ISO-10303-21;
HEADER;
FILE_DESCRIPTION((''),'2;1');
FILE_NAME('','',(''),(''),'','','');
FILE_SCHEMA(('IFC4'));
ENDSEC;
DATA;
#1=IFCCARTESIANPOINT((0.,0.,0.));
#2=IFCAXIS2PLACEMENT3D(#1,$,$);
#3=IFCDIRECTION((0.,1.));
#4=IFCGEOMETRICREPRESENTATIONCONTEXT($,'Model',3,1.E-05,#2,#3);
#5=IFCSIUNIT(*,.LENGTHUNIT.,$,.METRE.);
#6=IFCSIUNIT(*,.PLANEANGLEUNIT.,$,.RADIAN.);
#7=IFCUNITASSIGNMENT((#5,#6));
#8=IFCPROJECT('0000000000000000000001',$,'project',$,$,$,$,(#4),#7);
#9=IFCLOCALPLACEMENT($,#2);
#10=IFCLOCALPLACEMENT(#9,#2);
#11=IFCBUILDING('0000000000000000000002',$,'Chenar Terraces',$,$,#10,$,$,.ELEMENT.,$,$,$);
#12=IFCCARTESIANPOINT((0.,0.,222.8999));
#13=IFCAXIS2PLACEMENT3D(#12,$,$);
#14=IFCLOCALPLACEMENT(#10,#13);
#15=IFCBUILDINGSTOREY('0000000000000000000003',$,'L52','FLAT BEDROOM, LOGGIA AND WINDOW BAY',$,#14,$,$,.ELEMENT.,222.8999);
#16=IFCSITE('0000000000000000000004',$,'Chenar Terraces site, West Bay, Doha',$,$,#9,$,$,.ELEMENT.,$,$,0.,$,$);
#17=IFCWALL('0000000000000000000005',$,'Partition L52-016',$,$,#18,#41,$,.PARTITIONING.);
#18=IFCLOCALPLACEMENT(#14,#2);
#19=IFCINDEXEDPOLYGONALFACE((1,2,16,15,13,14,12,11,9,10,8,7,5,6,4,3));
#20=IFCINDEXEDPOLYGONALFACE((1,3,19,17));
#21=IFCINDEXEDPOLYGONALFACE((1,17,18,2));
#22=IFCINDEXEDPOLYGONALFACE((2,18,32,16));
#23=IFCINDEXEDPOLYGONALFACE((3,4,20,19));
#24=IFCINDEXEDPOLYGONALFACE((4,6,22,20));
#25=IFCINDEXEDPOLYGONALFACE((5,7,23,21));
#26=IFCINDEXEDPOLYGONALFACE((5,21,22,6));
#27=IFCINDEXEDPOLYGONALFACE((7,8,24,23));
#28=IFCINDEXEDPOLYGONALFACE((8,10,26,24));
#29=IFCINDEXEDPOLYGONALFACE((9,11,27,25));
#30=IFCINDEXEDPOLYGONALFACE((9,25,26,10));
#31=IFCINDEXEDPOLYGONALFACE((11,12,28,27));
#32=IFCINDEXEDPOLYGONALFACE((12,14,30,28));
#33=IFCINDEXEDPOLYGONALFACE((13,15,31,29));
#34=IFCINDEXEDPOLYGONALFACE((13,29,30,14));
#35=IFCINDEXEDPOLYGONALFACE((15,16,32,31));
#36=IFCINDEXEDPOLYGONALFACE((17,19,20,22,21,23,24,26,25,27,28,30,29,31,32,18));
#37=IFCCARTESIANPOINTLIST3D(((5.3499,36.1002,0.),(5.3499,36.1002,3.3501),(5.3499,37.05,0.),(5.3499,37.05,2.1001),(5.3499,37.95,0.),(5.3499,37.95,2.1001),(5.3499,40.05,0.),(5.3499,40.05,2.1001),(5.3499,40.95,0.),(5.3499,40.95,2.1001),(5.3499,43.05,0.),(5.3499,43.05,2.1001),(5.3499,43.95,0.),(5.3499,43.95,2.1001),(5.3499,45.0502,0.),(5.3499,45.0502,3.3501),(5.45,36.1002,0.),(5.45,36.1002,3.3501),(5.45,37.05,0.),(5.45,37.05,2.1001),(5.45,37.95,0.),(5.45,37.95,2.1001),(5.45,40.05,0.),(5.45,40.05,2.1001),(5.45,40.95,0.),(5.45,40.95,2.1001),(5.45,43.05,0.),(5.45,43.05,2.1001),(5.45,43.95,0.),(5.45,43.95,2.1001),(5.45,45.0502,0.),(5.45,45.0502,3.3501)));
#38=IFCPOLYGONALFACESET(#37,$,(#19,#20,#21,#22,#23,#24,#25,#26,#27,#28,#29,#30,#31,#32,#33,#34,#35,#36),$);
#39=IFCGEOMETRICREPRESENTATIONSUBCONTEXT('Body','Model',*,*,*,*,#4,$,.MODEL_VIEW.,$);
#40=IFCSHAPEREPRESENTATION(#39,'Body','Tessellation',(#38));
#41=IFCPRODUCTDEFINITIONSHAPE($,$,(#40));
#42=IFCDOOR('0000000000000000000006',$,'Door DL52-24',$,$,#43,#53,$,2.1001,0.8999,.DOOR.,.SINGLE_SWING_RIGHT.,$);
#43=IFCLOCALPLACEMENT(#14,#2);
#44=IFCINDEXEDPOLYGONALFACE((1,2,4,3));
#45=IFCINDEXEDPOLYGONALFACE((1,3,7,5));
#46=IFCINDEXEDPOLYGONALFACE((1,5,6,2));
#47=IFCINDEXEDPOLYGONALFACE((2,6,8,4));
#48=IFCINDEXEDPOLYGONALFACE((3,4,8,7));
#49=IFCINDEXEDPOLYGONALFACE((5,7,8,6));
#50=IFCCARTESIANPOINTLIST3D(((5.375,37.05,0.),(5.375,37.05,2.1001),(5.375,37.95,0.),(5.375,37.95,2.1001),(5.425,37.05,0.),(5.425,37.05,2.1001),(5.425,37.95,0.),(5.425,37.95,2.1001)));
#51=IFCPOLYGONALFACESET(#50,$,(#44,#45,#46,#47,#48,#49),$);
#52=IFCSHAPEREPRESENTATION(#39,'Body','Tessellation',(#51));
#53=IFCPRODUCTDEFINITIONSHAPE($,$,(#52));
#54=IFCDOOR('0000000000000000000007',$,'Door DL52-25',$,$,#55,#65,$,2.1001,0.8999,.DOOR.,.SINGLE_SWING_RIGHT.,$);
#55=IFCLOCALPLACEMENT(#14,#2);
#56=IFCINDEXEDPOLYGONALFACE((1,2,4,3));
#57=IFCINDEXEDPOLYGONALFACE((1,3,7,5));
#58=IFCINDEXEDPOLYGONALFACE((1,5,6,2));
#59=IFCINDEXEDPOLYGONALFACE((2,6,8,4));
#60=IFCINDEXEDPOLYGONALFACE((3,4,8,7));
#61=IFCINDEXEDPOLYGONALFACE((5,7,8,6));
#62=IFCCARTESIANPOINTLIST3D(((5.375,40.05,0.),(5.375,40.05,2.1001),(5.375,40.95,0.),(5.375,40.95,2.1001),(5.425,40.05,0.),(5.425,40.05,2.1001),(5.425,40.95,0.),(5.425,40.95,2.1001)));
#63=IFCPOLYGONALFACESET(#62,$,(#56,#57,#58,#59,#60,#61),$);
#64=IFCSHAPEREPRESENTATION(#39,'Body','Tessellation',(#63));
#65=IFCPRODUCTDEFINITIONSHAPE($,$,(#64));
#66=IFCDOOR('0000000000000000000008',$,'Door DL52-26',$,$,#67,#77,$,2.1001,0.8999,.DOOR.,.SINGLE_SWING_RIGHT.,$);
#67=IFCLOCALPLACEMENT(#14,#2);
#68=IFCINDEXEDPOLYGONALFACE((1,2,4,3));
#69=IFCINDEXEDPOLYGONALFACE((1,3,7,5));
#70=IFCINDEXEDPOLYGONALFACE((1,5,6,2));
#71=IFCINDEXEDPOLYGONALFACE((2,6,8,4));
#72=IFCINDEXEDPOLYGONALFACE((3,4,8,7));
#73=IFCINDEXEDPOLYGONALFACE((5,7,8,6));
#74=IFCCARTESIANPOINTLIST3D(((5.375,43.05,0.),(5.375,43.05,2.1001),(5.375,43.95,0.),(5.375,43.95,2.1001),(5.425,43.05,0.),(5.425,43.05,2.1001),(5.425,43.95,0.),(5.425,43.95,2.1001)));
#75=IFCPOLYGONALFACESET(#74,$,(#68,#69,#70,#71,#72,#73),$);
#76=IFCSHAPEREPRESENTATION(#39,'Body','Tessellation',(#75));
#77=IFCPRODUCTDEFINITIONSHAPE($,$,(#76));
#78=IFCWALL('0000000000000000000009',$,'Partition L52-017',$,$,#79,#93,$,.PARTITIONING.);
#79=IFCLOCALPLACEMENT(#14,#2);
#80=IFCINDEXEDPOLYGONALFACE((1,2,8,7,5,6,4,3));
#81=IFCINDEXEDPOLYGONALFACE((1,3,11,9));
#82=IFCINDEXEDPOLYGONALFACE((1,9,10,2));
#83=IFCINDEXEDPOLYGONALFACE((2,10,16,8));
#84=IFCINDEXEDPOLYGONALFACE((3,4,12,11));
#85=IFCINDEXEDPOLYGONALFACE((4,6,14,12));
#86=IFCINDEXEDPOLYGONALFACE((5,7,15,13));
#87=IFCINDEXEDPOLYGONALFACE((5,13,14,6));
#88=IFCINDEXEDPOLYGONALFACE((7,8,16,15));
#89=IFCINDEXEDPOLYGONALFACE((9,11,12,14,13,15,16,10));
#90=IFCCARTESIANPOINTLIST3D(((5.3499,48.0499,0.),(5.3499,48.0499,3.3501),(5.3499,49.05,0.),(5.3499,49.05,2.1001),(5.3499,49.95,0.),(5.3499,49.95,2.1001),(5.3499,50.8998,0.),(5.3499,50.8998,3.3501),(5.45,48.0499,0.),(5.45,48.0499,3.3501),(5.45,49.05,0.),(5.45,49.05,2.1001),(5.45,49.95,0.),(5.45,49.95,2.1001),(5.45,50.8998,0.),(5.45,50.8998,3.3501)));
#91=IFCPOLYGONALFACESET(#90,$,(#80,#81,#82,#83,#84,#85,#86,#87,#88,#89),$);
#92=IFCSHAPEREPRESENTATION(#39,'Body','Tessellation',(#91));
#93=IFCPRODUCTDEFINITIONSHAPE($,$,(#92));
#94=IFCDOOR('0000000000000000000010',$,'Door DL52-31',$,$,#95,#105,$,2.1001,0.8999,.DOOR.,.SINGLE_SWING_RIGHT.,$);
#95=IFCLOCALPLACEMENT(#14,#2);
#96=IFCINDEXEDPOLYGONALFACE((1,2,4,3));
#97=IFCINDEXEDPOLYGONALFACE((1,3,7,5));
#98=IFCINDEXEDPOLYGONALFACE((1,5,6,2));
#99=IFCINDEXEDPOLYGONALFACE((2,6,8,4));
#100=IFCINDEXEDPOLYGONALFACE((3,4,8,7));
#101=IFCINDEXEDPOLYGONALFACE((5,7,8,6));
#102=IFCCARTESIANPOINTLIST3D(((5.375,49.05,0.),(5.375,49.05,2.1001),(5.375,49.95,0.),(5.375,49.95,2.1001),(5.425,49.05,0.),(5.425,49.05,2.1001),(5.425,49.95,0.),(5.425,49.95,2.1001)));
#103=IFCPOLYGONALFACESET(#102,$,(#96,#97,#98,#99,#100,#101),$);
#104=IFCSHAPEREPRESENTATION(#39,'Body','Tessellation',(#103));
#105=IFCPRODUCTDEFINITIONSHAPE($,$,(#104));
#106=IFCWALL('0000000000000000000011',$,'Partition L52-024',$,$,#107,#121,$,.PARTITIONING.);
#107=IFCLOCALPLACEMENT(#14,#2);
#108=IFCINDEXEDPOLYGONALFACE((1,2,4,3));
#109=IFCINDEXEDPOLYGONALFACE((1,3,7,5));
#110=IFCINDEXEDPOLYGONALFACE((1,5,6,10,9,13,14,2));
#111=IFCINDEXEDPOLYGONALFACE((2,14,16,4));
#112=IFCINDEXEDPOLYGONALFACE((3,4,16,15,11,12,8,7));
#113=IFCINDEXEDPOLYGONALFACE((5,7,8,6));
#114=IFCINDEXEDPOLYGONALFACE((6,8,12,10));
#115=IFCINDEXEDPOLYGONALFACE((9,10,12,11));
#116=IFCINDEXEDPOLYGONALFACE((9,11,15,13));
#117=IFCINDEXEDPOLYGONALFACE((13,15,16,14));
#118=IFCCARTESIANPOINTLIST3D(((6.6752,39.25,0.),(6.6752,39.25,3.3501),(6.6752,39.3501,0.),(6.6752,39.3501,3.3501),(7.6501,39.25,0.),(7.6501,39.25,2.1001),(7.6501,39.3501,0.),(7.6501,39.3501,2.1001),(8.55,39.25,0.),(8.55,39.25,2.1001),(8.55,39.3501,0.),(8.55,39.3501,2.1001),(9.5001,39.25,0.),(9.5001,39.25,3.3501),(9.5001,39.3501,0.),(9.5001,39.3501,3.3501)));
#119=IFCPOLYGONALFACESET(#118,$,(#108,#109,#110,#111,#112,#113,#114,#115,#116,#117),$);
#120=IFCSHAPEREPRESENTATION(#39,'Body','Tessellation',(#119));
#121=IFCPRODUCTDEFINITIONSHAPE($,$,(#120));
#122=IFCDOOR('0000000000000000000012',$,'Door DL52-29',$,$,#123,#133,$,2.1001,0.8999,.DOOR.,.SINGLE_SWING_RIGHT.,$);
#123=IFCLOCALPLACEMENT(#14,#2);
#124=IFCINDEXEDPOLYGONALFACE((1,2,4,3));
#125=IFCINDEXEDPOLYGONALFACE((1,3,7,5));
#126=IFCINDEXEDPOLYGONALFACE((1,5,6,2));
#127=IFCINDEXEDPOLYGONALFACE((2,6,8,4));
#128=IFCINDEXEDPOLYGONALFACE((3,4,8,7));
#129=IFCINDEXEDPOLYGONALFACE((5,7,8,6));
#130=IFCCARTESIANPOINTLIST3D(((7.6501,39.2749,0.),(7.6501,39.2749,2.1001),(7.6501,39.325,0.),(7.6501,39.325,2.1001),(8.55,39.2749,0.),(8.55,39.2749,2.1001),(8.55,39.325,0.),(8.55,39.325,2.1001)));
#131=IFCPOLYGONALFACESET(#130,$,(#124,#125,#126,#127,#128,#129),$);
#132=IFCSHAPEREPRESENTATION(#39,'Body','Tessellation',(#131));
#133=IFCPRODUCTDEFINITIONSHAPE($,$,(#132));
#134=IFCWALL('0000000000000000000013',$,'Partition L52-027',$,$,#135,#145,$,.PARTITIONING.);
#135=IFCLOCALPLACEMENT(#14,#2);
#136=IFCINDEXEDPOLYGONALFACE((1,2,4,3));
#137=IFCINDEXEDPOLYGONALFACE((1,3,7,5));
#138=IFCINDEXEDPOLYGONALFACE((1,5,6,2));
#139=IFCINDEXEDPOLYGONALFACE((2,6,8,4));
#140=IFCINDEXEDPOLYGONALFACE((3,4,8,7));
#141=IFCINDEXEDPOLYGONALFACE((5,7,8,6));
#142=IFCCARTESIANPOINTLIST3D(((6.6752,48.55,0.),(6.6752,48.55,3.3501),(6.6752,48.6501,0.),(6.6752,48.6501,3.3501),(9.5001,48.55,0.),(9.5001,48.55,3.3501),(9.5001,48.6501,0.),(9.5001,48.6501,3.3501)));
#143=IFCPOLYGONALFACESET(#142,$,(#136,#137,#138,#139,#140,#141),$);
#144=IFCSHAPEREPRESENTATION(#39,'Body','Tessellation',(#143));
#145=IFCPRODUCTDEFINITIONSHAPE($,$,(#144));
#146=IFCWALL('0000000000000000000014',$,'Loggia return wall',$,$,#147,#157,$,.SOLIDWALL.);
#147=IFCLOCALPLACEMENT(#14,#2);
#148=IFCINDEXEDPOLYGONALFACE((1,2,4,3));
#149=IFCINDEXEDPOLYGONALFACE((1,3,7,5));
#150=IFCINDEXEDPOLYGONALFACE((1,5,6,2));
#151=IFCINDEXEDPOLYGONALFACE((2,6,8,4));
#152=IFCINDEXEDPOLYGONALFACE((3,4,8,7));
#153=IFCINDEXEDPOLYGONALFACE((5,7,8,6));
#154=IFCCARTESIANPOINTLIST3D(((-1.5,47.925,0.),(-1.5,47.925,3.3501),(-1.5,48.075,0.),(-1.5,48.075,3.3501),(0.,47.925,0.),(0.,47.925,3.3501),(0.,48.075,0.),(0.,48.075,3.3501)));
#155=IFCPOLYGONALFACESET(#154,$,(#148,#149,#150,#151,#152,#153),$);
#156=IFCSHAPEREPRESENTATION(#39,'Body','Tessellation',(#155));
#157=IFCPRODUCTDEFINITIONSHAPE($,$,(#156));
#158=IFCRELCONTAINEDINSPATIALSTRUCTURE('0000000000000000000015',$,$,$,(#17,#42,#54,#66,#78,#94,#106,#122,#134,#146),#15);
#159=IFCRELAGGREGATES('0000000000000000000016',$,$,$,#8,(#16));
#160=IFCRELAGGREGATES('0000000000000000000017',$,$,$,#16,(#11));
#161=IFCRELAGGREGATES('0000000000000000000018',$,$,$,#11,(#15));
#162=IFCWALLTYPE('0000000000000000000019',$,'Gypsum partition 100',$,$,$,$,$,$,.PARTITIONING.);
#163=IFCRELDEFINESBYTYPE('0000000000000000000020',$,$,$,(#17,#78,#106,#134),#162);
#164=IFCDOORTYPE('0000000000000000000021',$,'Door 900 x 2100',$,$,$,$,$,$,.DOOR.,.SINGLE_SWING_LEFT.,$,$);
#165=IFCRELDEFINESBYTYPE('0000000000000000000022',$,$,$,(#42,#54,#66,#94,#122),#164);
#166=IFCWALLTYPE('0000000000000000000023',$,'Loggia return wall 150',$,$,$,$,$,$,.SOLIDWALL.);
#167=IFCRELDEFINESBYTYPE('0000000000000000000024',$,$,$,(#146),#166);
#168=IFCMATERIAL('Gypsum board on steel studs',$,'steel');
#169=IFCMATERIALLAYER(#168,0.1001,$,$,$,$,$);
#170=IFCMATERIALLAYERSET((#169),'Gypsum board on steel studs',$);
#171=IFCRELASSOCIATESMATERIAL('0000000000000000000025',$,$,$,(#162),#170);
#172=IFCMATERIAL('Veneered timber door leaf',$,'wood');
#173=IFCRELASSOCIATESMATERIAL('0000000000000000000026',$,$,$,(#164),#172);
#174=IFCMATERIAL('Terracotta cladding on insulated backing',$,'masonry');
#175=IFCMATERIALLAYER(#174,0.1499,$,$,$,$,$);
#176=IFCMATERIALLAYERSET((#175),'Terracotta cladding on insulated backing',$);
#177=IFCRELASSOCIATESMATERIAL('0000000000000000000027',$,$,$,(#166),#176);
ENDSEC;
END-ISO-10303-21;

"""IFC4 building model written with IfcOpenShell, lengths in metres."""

from ifc_helpers import new_model, si_unit, direction, frame, frame_2d, origin, place, context, subcontext, project, spatial, rectangle, extrude, material, layer, layer_set, type_object, element, fill, save


model = new_model("IFC4")

# Units and contexts
model_context = context("Model", 3, precision=1e-05, world=origin(), true_north=direction((0.0, 1.0)))
body_context = subcontext(model_context, "Body", "Model", "MODEL_VIEW")
ifc_project = project(units=[si_unit("LENGTHUNIT", "METRE"), si_unit("PLANEANGLEUNIT", "RADIAN")], contexts=[model_context])

# Site, building, storey
site_placement = place(None, origin())
site = spatial("IfcSite", under=ifc_project, at=site_placement, Name="Chenar Terraces site, West Bay, Doha", CompositionType="ELEMENT", RefElevation=0.0)
building_placement = place(site_placement, origin())
building = spatial("IfcBuilding", under=site, at=building_placement, Name="Chenar Terraces", CompositionType="ELEMENT")
storey_placement = place(building_placement, frame((0.0, 0.0, 222.8999)))
storey = spatial("IfcBuildingStorey", under=building, at=storey_placement, Name="L52", Description="FLAT BEDROOM, LOGGIA AND WINDOW BAY", CompositionType="ELEMENT", Elevation=222.8999)

# Shared definitions
ifc_material_1 = material(Name="Gypsum board on steel studs", Category="steel")
ifc_layer_1 = layer(ifc_material_1, 0.1001)
ifc_layer_set_1 = layer_set([ifc_layer_1], Name="Gypsum board on steel studs")
wall_type_1 = type_object("IfcWallType", Name="Gypsum partition 100", PredefinedType="PARTITIONING", material=ifc_layer_set_1)

# Wall, openings, doors
wall_1_placement = place(storey_placement, frame((5.3999, 36.1001, 0.0), z_axis=(0.0, 0.0, 1.0), x_axis=(0.0, 1.0, 0.0)))
wall_1 = element("IfcWall", 1, at=wall_1_placement, inside=storey, type_object=wall_type_1, Name="Partition L52-016", PredefinedType="PARTITIONING", context=body_context, shape_type="SweptSolid", body=[
    extrude(rectangle(XDim=8.95, YDim=0.1001, at=frame_2d((4.4751, 0.0))), origin(), (0.0, 0.0, 1.0), 3.3501),
])
opening_1_placement = place(wall_1_placement, frame((0.95, 0.0, 0.0)))
opening_1 = element("IfcOpeningElement", 2, at=opening_1_placement, cuts=wall_1, PredefinedType="OPENING", context=body_context, shape_type="SweptSolid", body=[
    extrude(rectangle(XDim=0.8999, YDim=2.1001, at=frame_2d((0.45, 1.05))), frame((0.0, 0.0601, 0.0), z_axis=(0.0, -1.0, 0.0), x_axis=(1.0, 0.0, 0.0)), (0.0, 0.0, 1.0), 0.1201),
])
opening_2_placement = place(wall_1_placement, frame((3.95, 0.0, 0.0)))
opening_2 = element("IfcOpeningElement", 3, at=opening_2_placement, cuts=wall_1, PredefinedType="OPENING", context=body_context, shape_type="SweptSolid", body=[
    extrude(rectangle(XDim=0.8999, YDim=2.1001, at=frame_2d((0.45, 1.05))), frame((0.0, 0.0601, 0.0), z_axis=(0.0, -1.0, 0.0), x_axis=(1.0, 0.0, 0.0)), (0.0, 0.0, 1.0), 0.1201),
])
opening_3_placement = place(wall_1_placement, frame((6.95, 0.0, 0.0)))
opening_3 = element("IfcOpeningElement", 4, at=opening_3_placement, cuts=wall_1, PredefinedType="OPENING", context=body_context, shape_type="SweptSolid", body=[
    extrude(rectangle(XDim=0.8999, YDim=2.1001, at=frame_2d((0.45, 1.05))), frame((0.0, 0.0601, 0.0), z_axis=(0.0, -1.0, 0.0), x_axis=(1.0, 0.0, 0.0)), (0.0, 0.0, 1.0), 0.1201),
])
ifc_material_2 = material(Name="Veneered timber door leaf", Category="wood")
door_type_1 = type_object("IfcDoorType", Name="Door 900 x 2100", OperationType="SINGLE_SWING_LEFT", PredefinedType="DOOR", material=ifc_material_2)
door_1_placement = place(opening_1_placement, origin())
door_1 = element("IfcDoor", 5, at=door_1_placement, inside=storey, type_object=door_type_1, Name="Door DL52-24", OperationType="SINGLE_SWING_RIGHT", OverallHeight=2.1001, OverallWidth=0.8999, PredefinedType="DOOR", context=body_context, shape_type="SweptSolid", body=[
    extrude(rectangle(XDim=0.8999, YDim=2.1001, at=frame_2d((0.45, 1.05))), frame((0.0, 0.0249, 0.0), z_axis=(0.0, -1.0, 0.0), x_axis=(1.0, 0.0, 0.0)), (0.0, 0.0, 1.0), 0.05),
])
fill(opening_1, door_1)
door_2_placement = place(opening_2_placement, origin())
door_2 = element("IfcDoor", 6, at=door_2_placement, inside=storey, type_object=door_type_1, Name="Door DL52-25", OperationType="SINGLE_SWING_RIGHT", OverallHeight=2.1001, OverallWidth=0.8999, PredefinedType="DOOR", context=body_context, shape_type="SweptSolid", body=[
    extrude(rectangle(XDim=0.8999, YDim=2.1001, at=frame_2d((0.45, 1.05))), frame((0.0, 0.0249, 0.0), z_axis=(0.0, -1.0, 0.0), x_axis=(1.0, 0.0, 0.0)), (0.0, 0.0, 1.0), 0.05),
])
fill(opening_2, door_2)
door_3_placement = place(opening_3_placement, origin())
door_3 = element("IfcDoor", 7, at=door_3_placement, inside=storey, type_object=door_type_1, Name="Door DL52-26", OperationType="SINGLE_SWING_RIGHT", OverallHeight=2.1001, OverallWidth=0.8999, PredefinedType="DOOR", context=body_context, shape_type="SweptSolid", body=[
    extrude(rectangle(XDim=0.8999, YDim=2.1001, at=frame_2d((0.45, 1.05))), frame((0.0, 0.0249, 0.0), z_axis=(0.0, -1.0, 0.0), x_axis=(1.0, 0.0, 0.0)), (0.0, 0.0, 1.0), 0.05),
])
fill(opening_3, door_3)

# Walls, openings, doors
wall_2_placement = place(storey_placement, frame((5.3999, 48.05, 0.0), z_axis=(0.0, 0.0, 1.0), x_axis=(0.0, 1.0, 0.0)))
wall_2 = element("IfcWall", 8, at=wall_2_placement, inside=storey, type_object=wall_type_1, Name="Partition L52-017", PredefinedType="PARTITIONING", context=body_context, shape_type="SweptSolid", body=[
    extrude(rectangle(XDim=2.8499, YDim=0.1001, at=frame_2d((1.4248, 0.0))), origin(), (0.0, 0.0, 1.0), 3.3501),
])
opening_4_placement = place(wall_2_placement, frame((1.0, 0.0, 0.0)))
opening_4 = element("IfcOpeningElement", 9, at=opening_4_placement, cuts=wall_2, PredefinedType="OPENING", context=body_context, shape_type="SweptSolid", body=[
    extrude(rectangle(XDim=0.8999, YDim=2.1001, at=frame_2d((0.45, 1.05))), frame((0.0, 0.0601, 0.0), z_axis=(0.0, -1.0, 0.0), x_axis=(1.0, 0.0, 0.0)), (0.0, 0.0, 1.0), 0.1201),
])
door_4_placement = place(opening_4_placement, origin())
door_4 = element("IfcDoor", 10, at=door_4_placement, inside=storey, type_object=door_type_1, Name="Door DL52-31", OperationType="SINGLE_SWING_RIGHT", OverallHeight=2.1001, OverallWidth=0.8999, PredefinedType="DOOR", context=body_context, shape_type="SweptSolid", body=[
    extrude(rectangle(XDim=0.8999, YDim=2.1001, at=frame_2d((0.45, 1.05))), frame((0.0, 0.0249, 0.0), z_axis=(0.0, -1.0, 0.0), x_axis=(1.0, 0.0, 0.0)), (0.0, 0.0, 1.0), 0.05),
])
fill(opening_4, door_4)
wall_3_placement = place(storey_placement, frame((6.675, 39.3, 0.0), z_axis=(0.0, 0.0, 1.0), x_axis=(1.0, 0.0, 0.0)))
wall_3 = element("IfcWall", 11, at=wall_3_placement, inside=storey, type_object=wall_type_1, Name="Partition L52-024", PredefinedType="PARTITIONING", context=body_context, shape_type="SweptSolid", body=[
    extrude(rectangle(XDim=2.825, YDim=0.1001, at=frame_2d((1.4126, 0.0))), origin(), (0.0, 0.0, 1.0), 3.3501),
])
opening_5_placement = place(wall_3_placement, frame((0.9751, 0.0, 0.0)))
opening_5 = element("IfcOpeningElement", 12, at=opening_5_placement, cuts=wall_3, PredefinedType="OPENING", context=body_context, shape_type="SweptSolid", body=[
    extrude(rectangle(XDim=0.8999, YDim=2.1001, at=frame_2d((0.45, 1.05))), frame((0.0, 0.0601, 0.0), z_axis=(0.0, -1.0, 0.0), x_axis=(1.0, 0.0, 0.0)), (0.0, 0.0, 1.0), 0.1201),
])
door_5_placement = place(opening_5_placement, origin())
door_5 = element("IfcDoor", 13, at=door_5_placement, inside=storey, type_object=door_type_1, Name="Door DL52-29", OperationType="SINGLE_SWING_RIGHT", OverallHeight=2.1001, OverallWidth=0.8999, PredefinedType="DOOR", context=body_context, shape_type="SweptSolid", body=[
    extrude(rectangle(XDim=0.8999, YDim=2.1001, at=frame_2d((0.45, 1.05))), frame((0.0, 0.0249, 0.0), z_axis=(0.0, -1.0, 0.0), x_axis=(1.0, 0.0, 0.0)), (0.0, 0.0, 1.0), 0.05),
])
fill(opening_5, door_5)

# Walls
wall_4_placement = place(storey_placement, frame((6.675, 48.6001, 0.0), z_axis=(0.0, 0.0, 1.0), x_axis=(1.0, 0.0, 0.0)))
element("IfcWall", 14, at=wall_4_placement, inside=storey, type_object=wall_type_1, Name="Partition L52-027", PredefinedType="PARTITIONING", context=body_context, shape_type="SweptSolid", body=[
    extrude(rectangle(XDim=2.825, YDim=0.1001, at=frame_2d((1.4126, 0.0))), origin(), (0.0, 0.0, 1.0), 3.3501),
])
ifc_material_3 = material(Name="Terracotta cladding on insulated backing", Category="masonry")
ifc_layer_2 = layer(ifc_material_3, 0.1499)
ifc_layer_set_2 = layer_set([ifc_layer_2], Name="Terracotta cladding on insulated backing")
wall_type_2 = type_object("IfcWallType", Name="Loggia return wall 150", PredefinedType="SOLIDWALL", material=ifc_layer_set_2)
wall_5_placement = place(storey_placement, frame((-1.5, 48.0, 0.0), z_axis=(0.0, 0.0, 1.0), x_axis=(1.0, 0.0, 0.0)))
element("IfcWall", 15, at=wall_5_placement, inside=storey, type_object=wall_type_2, Name="Loggia return wall", PredefinedType="SOLIDWALL", context=body_context, shape_type="SweptSolid", body=[
    extrude(rectangle(XDim=1.5, YDim=0.1499, at=frame_2d((0.75, 0.0))), origin(), (0.0, 0.0, 1.0), 3.3501),
])

save(model, "model.ifc")
